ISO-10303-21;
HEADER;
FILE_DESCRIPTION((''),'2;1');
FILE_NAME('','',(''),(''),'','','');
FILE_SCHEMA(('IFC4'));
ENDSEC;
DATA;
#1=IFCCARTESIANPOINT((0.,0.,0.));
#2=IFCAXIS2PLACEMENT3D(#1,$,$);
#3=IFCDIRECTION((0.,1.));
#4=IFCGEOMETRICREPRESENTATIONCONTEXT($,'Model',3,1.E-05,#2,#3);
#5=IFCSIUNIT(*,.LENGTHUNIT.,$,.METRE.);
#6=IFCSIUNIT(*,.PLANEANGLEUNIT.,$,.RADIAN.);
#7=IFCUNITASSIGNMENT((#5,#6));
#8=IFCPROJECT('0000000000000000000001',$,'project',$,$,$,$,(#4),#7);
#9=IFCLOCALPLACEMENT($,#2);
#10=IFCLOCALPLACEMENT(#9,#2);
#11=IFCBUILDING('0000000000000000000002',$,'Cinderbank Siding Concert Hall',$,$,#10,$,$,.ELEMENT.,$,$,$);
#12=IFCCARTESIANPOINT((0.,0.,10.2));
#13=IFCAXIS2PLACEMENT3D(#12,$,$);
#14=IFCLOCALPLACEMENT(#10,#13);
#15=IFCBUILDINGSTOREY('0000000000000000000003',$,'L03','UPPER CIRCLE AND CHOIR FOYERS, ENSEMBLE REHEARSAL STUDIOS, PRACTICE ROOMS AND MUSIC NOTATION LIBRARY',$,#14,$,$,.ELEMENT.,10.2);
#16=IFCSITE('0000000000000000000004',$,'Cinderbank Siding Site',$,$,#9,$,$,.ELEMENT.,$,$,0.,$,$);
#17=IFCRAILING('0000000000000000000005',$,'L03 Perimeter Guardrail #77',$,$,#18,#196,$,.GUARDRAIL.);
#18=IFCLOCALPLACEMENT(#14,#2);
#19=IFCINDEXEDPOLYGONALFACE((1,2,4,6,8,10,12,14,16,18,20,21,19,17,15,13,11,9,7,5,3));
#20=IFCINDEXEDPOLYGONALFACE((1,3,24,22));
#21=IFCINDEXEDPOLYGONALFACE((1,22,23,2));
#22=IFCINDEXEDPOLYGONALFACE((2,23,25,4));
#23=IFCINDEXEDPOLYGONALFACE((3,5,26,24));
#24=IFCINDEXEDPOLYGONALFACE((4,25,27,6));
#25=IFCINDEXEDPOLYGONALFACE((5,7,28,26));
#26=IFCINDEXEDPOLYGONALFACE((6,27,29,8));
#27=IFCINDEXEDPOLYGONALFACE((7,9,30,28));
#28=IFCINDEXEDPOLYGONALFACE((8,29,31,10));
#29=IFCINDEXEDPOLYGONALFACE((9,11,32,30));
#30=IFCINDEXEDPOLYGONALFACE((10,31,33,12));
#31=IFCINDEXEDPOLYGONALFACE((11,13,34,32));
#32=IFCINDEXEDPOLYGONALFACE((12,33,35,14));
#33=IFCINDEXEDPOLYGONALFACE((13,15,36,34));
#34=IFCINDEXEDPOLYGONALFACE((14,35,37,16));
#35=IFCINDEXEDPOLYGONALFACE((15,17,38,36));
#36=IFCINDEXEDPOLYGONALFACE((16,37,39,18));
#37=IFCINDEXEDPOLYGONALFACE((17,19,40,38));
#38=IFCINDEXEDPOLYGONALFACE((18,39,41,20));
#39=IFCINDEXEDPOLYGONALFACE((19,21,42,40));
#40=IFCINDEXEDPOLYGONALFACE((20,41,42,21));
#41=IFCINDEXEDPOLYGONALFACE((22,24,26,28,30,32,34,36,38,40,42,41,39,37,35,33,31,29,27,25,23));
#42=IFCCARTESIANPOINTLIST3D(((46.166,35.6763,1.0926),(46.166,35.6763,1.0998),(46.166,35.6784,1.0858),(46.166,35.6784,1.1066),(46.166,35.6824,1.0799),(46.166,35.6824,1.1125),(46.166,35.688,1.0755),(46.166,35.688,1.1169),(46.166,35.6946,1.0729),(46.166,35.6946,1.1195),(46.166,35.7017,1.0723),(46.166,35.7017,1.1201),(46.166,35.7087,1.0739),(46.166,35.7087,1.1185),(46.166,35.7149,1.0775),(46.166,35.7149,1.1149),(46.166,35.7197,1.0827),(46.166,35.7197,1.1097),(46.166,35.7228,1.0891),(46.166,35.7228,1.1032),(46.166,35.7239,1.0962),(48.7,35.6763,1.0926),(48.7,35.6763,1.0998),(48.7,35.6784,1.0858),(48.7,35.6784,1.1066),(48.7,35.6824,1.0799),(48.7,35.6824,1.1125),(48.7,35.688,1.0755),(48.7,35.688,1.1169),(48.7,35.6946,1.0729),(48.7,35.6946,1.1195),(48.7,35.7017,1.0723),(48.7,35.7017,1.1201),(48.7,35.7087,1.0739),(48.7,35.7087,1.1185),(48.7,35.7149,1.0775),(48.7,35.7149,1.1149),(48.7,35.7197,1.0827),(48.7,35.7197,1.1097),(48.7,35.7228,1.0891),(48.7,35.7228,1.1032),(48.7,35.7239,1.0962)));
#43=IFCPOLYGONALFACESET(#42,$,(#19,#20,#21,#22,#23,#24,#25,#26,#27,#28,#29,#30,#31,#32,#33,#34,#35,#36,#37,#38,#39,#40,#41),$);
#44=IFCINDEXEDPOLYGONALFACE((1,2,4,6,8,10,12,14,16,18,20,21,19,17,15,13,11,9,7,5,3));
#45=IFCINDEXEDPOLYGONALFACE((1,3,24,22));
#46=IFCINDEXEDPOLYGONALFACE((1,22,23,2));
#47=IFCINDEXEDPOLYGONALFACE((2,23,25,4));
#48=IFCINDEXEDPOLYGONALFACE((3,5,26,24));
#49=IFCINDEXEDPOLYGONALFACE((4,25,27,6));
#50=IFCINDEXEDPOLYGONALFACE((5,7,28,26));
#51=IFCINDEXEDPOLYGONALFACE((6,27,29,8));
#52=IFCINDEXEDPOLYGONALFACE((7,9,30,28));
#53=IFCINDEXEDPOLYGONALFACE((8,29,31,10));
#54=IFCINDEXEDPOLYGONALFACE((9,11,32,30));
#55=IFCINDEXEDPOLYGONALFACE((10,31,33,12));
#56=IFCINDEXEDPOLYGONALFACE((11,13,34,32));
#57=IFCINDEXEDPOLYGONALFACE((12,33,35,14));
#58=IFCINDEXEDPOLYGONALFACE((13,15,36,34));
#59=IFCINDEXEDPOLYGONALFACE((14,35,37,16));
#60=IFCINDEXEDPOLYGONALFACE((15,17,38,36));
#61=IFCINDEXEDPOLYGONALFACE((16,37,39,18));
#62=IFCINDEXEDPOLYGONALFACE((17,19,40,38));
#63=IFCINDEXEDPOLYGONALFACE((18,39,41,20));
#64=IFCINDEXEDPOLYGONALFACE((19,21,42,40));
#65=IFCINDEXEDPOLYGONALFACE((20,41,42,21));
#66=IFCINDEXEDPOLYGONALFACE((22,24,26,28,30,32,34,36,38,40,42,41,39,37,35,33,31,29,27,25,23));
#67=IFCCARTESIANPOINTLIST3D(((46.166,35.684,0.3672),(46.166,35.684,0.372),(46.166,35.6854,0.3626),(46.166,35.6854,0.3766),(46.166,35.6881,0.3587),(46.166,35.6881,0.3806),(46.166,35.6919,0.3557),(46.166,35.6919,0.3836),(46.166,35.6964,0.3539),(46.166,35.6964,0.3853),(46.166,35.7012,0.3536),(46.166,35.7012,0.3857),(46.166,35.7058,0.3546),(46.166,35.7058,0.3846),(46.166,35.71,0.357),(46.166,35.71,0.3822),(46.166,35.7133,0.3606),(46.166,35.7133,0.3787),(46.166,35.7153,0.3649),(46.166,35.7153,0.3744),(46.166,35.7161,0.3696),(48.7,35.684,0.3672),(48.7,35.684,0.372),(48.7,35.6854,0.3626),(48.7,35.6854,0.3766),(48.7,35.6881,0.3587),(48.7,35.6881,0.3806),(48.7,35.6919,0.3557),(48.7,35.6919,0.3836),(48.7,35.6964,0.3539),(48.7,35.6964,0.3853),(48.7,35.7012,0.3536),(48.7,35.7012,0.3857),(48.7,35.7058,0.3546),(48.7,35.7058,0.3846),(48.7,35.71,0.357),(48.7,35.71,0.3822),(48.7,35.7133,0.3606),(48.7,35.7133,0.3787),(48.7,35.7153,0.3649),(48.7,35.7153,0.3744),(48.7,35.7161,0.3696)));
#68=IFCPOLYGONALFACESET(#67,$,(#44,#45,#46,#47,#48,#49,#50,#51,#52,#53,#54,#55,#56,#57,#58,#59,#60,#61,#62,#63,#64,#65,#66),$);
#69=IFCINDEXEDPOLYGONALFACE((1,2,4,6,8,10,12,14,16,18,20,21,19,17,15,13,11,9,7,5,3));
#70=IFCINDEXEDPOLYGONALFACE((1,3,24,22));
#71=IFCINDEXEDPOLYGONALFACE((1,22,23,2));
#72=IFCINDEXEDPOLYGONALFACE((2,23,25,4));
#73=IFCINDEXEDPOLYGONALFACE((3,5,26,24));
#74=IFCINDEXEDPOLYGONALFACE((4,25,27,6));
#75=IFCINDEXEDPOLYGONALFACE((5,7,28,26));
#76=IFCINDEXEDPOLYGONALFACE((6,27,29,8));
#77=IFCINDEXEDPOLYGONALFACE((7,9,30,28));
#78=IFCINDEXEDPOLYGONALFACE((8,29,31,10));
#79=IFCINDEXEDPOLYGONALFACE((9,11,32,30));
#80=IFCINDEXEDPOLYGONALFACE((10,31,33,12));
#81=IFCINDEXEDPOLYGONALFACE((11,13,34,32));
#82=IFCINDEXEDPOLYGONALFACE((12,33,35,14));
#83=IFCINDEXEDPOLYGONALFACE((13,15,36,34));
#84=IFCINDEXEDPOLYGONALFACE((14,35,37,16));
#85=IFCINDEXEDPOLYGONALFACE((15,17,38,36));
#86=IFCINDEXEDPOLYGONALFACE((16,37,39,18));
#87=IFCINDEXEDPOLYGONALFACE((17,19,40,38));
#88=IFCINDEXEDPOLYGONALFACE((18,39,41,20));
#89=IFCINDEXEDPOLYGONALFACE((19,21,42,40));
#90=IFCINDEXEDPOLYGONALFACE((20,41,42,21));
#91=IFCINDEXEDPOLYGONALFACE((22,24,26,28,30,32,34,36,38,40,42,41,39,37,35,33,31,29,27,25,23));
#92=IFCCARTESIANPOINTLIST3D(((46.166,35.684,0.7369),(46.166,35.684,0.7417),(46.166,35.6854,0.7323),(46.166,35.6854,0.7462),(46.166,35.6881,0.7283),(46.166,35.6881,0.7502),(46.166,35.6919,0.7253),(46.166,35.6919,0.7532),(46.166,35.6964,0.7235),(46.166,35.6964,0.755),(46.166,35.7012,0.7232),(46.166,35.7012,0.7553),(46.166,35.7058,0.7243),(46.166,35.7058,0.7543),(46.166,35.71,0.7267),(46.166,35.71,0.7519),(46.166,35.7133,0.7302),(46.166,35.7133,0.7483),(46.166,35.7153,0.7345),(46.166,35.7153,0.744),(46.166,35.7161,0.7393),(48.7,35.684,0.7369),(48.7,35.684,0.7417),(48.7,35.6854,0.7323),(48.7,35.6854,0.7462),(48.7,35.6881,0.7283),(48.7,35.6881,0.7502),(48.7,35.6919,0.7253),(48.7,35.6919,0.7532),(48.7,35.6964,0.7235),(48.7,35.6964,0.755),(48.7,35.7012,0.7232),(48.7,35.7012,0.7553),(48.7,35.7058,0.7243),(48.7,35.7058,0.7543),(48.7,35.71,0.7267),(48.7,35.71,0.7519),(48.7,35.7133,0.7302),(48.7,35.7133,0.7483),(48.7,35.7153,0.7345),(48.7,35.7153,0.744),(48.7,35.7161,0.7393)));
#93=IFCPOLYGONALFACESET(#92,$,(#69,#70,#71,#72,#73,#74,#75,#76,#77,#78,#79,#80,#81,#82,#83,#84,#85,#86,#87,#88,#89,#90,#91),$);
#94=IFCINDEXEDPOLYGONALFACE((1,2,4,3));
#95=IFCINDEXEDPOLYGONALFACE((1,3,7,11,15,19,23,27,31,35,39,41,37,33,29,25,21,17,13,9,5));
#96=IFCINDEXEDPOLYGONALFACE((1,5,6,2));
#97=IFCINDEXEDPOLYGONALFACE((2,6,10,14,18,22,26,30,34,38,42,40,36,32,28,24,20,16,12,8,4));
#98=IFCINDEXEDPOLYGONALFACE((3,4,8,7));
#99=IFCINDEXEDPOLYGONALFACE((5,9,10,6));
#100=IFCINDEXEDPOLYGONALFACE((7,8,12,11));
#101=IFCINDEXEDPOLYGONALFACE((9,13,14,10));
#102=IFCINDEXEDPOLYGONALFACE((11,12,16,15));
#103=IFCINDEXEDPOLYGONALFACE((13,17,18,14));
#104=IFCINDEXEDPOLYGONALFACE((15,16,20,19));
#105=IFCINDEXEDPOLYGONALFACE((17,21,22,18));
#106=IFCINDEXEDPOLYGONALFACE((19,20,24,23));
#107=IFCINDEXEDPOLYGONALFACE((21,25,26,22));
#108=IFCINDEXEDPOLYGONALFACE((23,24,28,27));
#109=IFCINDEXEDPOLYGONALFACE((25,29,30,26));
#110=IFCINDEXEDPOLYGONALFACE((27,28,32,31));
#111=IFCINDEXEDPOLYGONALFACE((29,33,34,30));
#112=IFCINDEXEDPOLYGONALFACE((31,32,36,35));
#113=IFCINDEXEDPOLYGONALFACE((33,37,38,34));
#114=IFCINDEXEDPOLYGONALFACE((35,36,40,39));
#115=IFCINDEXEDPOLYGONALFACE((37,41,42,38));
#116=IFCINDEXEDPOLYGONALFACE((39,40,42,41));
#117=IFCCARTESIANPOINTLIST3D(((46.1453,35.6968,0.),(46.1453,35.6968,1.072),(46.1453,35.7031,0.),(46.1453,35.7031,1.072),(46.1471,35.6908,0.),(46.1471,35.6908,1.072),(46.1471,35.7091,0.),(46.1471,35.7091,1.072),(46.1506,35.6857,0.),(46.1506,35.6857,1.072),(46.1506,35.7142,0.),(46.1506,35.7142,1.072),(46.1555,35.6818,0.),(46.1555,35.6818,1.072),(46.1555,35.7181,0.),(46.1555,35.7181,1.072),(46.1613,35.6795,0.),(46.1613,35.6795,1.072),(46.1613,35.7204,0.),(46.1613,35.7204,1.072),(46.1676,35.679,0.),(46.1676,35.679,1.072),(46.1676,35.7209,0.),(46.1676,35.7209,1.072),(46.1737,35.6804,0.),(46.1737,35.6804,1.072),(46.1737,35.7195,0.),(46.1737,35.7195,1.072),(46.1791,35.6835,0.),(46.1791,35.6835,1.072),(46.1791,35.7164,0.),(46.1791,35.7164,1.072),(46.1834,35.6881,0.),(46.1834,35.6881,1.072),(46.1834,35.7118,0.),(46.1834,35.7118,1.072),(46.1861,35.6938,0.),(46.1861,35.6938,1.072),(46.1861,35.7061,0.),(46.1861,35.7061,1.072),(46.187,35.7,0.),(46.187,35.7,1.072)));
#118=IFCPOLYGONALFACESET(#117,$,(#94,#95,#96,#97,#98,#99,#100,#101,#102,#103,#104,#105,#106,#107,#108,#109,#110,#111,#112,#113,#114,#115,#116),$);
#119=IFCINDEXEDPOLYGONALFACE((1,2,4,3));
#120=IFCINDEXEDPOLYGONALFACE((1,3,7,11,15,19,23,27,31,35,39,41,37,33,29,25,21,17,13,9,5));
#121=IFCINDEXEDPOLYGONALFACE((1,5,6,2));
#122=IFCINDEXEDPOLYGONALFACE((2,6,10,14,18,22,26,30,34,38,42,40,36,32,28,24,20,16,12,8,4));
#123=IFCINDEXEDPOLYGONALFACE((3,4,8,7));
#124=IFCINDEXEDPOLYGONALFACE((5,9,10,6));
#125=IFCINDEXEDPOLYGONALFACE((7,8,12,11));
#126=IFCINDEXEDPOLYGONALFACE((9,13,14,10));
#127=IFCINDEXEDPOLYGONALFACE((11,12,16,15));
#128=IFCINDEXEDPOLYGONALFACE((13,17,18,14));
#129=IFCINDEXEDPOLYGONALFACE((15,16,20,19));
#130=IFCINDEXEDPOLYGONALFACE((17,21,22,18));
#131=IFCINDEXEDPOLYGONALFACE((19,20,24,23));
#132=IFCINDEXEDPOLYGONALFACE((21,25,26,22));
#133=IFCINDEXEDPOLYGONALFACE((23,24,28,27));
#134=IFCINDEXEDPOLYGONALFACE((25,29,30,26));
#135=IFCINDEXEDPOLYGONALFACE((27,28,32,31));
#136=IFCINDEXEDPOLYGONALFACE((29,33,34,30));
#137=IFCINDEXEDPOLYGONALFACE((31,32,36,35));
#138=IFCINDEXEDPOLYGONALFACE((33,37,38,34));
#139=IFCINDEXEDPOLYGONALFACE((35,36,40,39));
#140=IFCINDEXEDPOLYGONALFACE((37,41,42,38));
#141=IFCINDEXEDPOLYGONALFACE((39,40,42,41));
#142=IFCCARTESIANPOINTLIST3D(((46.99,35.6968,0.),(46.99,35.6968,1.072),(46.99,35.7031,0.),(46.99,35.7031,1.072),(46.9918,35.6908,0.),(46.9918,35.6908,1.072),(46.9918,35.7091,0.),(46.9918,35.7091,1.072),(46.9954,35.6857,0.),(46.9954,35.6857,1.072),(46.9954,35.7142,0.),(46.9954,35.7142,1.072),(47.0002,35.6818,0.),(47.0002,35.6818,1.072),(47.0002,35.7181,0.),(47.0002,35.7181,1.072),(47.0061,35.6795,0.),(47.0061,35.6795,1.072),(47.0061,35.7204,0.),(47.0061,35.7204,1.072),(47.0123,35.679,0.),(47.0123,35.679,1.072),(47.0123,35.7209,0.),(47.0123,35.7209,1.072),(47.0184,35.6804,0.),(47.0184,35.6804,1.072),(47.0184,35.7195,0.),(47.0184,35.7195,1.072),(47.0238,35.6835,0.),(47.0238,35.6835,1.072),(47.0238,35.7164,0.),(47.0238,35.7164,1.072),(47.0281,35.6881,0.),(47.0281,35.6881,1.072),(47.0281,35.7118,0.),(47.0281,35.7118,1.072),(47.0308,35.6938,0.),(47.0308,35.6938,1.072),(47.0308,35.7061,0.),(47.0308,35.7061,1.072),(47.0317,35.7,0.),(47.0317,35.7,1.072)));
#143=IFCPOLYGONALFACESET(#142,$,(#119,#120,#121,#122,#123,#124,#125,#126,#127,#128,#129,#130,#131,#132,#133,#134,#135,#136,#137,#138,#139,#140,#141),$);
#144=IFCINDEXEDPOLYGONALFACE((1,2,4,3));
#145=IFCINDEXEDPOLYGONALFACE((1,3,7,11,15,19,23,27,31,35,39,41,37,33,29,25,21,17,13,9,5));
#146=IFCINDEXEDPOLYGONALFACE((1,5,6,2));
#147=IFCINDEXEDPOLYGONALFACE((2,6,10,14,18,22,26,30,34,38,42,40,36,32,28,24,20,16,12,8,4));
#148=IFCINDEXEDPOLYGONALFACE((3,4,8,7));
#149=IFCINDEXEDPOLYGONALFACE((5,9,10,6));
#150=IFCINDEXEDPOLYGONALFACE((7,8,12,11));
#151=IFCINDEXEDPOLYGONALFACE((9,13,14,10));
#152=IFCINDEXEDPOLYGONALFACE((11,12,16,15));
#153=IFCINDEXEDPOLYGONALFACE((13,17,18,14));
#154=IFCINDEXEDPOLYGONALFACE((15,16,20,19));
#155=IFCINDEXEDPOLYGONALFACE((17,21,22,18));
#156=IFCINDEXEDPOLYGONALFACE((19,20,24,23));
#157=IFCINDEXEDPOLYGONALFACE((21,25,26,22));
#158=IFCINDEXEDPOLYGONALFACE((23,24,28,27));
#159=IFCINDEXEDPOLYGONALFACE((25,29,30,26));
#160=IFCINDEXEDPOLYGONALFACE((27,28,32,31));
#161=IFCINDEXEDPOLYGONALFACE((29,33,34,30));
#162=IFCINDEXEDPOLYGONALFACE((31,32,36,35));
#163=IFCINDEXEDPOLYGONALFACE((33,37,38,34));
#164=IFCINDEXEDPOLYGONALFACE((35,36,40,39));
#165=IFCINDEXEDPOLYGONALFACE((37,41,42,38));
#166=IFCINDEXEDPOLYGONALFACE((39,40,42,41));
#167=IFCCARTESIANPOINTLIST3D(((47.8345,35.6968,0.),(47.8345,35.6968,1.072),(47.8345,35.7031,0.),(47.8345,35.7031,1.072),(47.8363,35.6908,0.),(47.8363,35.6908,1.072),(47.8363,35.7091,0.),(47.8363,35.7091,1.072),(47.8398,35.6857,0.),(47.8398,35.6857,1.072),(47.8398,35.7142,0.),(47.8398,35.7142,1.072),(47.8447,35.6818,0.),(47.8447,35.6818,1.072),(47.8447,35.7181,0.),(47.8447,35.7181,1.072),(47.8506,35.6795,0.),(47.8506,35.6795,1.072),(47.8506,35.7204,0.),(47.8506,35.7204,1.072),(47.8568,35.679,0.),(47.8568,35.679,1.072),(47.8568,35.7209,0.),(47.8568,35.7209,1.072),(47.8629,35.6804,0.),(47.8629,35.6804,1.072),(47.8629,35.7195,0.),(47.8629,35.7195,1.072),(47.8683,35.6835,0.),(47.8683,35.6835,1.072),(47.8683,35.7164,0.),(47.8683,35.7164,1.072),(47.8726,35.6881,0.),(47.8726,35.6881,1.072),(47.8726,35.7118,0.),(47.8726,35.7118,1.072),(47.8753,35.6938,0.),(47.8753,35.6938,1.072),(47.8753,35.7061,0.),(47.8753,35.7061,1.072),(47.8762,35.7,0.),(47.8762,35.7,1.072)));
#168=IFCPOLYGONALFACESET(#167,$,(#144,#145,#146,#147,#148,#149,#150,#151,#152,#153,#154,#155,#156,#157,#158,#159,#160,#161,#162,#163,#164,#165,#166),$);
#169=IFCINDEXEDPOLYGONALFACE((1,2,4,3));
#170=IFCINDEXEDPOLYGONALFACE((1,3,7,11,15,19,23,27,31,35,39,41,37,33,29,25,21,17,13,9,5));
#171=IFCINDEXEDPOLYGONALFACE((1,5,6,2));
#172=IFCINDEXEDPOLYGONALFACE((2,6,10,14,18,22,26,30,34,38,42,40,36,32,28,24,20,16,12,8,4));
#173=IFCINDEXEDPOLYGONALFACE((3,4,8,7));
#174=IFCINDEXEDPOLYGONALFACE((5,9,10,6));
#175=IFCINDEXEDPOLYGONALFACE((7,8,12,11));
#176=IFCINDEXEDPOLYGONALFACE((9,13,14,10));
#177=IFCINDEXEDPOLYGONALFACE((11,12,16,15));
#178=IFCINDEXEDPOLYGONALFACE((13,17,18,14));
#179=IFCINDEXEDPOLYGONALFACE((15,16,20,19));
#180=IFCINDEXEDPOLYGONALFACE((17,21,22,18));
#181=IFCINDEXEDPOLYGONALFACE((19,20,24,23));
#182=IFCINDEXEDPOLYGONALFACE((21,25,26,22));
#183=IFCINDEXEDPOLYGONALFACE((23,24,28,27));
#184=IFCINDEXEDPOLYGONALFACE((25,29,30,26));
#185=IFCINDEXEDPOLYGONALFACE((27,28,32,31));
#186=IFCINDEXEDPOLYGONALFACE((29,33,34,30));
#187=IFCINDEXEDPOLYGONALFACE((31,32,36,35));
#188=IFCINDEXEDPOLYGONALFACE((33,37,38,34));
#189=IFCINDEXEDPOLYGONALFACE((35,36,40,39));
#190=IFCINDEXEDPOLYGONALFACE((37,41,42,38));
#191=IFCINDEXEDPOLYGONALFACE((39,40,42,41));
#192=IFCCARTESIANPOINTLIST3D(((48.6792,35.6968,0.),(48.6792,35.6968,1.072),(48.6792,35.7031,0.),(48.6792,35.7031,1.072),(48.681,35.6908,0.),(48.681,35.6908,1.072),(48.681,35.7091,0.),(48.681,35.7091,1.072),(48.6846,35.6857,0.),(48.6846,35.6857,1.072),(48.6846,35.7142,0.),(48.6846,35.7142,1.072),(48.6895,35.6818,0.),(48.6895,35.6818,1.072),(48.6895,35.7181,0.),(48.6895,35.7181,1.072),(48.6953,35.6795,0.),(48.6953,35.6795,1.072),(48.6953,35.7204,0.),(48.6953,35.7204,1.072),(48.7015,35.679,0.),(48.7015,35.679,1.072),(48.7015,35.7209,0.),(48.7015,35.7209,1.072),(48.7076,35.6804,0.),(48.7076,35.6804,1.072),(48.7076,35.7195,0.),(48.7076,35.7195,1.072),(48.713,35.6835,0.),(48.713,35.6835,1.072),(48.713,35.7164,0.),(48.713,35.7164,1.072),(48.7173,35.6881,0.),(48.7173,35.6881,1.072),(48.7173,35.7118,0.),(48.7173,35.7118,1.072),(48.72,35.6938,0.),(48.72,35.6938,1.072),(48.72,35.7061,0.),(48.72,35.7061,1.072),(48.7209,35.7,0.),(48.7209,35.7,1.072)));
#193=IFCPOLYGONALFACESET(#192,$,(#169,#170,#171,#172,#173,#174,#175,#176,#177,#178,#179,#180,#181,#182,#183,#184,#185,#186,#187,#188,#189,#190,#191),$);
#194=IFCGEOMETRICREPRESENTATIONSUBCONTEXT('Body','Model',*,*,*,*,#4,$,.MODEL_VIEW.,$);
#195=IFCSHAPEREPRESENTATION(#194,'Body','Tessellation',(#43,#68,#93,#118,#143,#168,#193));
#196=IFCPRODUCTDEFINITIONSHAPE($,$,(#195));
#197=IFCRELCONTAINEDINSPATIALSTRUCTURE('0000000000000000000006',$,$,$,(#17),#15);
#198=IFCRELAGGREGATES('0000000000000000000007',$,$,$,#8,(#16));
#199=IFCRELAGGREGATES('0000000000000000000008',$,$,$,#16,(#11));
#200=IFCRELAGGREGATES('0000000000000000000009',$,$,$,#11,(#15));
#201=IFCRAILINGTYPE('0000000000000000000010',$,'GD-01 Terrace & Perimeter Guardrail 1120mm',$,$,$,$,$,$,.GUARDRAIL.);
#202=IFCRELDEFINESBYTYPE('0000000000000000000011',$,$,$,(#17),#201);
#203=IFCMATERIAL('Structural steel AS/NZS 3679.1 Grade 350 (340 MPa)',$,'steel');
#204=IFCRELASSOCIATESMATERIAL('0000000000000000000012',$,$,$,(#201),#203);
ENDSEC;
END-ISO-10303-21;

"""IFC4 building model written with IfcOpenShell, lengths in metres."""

from ifc_helpers import new_model, si_unit, direction, frame, origin, origin_2d, place, context, subcontext, project, spatial, circle, extrude, material, type_object, element, save


model = new_model("IFC4")

# Units and contexts
model_context = context("Model", 3, precision=1e-05, world=origin(), true_north=direction((0.0, 1.0)))
body_context = subcontext(model_context, "Body", "Model", "MODEL_VIEW")
ifc_project = project(units=[si_unit("LENGTHUNIT", "METRE"), si_unit("PLANEANGLEUNIT", "RADIAN")], contexts=[model_context])

# Site, building, storey
site_placement = place(None, origin())
site = spatial("IfcSite", under=ifc_project, at=site_placement, Name="Cinderbank Siding Site", CompositionType="ELEMENT", RefElevation=0.0)
building_placement = place(site_placement, origin())
building = spatial("IfcBuilding", under=site, at=building_placement, Name="Cinderbank Siding Concert Hall", CompositionType="ELEMENT")
storey_placement = place(building_placement, frame((0.0, 0.0, 10.2)))
storey = spatial("IfcBuildingStorey", under=building, at=storey_placement, Name="L03", Description="UPPER CIRCLE AND CHOIR FOYERS, ENSEMBLE REHEARSAL STUDIOS, PRACTICE ROOMS AND MUSIC NOTATION LIBRARY", CompositionType="ELEMENT", Elevation=10.2)

# Shared definitions
ifc_material_1 = material(Name="Structural steel AS/NZS 3679.1 Grade 350 (340 MPa)", Category="steel")

# Railing
railing_type = type_object("IfcRailingType", Name="GD-01 Terrace & Perimeter Guardrail 1120mm", PredefinedType="GUARDRAIL", material=ifc_material_1)
railing_1_placement = place(storey_placement, frame((46.166, 35.7, 0.0)))
element("IfcRailing", 1, at=railing_1_placement, inside=storey, type_object=railing_type, Name="L03 Perimeter Guardrail #77", PredefinedType="GUARDRAIL", context=body_context, shape_type="SweptSolid", body=[
    extrude(circle(Radius=0.0239, at=origin_2d()), frame((0.0, 0.0, 1.0962), z_axis=(1.0, 0.0, 0.0), x_axis=(0.0, 1.0, 0.0)), (0.0, 0.0, 1.0), 2.5339),
    extrude(circle(Radius=0.0161, at=origin_2d()), frame((0.0, 0.0, 0.3696), z_axis=(1.0, 0.0, 0.0), x_axis=(0.0, 1.0, 0.0)), (0.0, 0.0, 1.0), 2.5339),
    extrude(circle(Radius=0.0161, at=origin_2d()), frame((0.0, 0.0, 0.7393), z_axis=(1.0, 0.0, 0.0), x_axis=(0.0, 1.0, 0.0)), (0.0, 0.0, 1.0), 2.5339),
    extrude(circle(Radius=0.021, at=origin_2d()), origin(), (0.0, 0.0, 1.0), 1.072),
    extrude(circle(Radius=0.021, at=origin_2d()), frame((0.8447, 0.0, 0.0)), (0.0, 0.0, 1.0), 1.072),
    extrude(circle(Radius=0.021, at=origin_2d()), frame((1.6892, 0.0, 0.0)), (0.0, 0.0, 1.0), 1.072),
    extrude(circle(Radius=0.021, at=origin_2d()), frame((2.5339, 0.0, 0.0)), (0.0, 0.0, 1.0), 1.072),
])

save(model, "model.ifc")
